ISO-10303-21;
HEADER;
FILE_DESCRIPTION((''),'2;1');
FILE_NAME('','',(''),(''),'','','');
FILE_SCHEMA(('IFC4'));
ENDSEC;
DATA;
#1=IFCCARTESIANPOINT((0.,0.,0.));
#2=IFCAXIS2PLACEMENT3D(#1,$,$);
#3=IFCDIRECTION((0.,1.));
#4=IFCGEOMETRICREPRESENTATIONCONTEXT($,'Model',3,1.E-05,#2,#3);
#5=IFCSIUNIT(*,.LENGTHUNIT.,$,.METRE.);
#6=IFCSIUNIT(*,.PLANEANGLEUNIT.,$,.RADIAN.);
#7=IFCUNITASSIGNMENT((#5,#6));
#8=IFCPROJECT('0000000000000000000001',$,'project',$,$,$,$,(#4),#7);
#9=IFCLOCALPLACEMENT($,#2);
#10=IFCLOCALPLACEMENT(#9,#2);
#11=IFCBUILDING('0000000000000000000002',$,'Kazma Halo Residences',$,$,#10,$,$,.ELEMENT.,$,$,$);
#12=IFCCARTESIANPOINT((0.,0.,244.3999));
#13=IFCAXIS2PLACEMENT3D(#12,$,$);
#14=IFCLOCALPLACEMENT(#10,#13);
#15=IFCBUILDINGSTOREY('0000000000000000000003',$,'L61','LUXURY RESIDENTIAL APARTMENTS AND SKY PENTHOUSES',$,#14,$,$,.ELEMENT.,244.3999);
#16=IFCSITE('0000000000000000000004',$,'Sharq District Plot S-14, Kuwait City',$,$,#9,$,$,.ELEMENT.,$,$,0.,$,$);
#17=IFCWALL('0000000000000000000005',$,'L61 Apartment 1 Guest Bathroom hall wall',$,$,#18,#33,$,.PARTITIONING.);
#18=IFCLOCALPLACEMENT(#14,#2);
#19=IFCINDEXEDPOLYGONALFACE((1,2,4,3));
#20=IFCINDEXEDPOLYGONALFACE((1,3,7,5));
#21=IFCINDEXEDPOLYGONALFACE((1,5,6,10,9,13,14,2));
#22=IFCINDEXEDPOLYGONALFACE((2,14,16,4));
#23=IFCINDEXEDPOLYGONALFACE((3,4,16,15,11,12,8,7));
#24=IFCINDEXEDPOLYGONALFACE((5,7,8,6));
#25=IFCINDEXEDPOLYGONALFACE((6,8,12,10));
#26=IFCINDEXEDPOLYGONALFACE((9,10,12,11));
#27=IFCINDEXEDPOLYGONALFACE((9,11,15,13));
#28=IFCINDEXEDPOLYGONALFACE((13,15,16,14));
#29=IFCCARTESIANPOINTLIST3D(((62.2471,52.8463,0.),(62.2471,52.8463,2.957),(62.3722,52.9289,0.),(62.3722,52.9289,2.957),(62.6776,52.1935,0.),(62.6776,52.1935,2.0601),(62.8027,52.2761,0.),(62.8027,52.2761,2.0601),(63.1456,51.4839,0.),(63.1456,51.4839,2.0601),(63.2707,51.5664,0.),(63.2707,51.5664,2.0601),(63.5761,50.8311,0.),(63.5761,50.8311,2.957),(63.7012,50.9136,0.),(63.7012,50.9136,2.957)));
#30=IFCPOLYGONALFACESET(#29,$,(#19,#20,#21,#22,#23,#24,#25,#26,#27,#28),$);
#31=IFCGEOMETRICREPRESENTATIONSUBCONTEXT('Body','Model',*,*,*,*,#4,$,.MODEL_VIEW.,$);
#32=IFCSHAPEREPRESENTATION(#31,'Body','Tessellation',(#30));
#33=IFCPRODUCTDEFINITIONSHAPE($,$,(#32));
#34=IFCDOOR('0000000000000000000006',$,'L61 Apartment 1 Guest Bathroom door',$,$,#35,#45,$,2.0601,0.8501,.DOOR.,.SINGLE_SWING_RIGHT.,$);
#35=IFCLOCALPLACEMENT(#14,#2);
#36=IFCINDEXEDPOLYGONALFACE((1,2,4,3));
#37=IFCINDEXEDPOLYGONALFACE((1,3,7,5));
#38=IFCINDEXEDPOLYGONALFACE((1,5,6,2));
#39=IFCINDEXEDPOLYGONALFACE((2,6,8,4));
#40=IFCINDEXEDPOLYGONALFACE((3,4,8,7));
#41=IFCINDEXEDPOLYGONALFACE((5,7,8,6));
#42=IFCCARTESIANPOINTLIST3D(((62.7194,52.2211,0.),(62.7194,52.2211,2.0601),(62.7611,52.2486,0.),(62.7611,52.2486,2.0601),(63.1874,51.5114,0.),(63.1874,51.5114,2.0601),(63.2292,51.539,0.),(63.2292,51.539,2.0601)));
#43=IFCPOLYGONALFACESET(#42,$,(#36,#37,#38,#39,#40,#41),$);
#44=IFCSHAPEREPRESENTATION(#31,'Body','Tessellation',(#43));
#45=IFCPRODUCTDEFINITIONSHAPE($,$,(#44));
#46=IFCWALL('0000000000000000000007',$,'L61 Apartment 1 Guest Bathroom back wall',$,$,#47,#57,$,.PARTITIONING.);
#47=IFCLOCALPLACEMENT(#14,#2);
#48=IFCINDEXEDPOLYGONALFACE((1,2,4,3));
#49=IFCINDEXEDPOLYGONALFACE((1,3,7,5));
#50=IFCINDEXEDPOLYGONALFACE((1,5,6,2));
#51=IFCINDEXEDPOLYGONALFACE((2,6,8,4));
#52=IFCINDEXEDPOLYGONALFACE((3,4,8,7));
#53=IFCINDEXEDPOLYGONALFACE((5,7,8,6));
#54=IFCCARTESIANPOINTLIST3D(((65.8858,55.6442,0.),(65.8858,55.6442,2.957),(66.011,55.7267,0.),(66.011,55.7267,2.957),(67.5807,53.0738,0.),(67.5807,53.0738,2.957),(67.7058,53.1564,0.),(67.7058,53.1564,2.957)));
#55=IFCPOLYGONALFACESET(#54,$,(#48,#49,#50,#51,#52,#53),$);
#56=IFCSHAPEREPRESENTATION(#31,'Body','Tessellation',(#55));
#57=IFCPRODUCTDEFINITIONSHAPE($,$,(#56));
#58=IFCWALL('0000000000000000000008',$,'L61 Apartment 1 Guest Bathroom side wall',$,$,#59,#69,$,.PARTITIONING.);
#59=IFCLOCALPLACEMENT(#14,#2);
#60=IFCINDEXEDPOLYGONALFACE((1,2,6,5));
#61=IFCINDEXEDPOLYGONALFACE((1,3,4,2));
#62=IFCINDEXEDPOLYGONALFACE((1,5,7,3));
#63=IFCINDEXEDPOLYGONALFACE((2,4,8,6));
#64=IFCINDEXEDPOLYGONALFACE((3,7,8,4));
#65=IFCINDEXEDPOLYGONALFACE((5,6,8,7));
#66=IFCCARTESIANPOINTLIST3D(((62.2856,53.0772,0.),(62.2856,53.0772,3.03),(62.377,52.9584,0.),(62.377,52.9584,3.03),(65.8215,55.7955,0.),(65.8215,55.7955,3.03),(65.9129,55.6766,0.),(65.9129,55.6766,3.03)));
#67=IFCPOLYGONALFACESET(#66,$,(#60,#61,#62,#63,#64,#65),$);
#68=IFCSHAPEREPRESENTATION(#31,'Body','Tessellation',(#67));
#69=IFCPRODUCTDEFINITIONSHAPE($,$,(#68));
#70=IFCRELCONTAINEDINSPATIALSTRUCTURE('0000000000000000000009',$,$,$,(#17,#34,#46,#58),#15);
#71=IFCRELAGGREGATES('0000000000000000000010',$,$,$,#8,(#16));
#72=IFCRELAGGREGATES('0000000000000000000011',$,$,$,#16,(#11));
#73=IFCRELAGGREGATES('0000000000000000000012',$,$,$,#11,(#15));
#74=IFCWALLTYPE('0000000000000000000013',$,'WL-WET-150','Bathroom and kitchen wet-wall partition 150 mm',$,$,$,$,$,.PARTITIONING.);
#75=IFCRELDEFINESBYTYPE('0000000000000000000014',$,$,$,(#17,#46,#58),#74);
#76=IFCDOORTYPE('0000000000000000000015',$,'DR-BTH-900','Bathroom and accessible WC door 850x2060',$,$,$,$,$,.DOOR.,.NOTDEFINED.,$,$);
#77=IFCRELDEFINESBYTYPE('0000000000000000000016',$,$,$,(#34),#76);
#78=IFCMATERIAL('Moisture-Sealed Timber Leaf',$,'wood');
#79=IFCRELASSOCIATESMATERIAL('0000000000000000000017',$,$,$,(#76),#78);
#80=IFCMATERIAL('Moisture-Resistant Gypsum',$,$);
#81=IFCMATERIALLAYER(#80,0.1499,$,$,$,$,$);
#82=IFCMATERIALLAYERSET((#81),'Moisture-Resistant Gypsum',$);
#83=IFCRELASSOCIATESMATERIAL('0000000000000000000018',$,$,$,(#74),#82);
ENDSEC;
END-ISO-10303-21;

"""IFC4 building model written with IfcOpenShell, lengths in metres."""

from ifc_helpers import new_model, si_unit, direction, frame, frame_2d, origin, place, context, subcontext, project, spatial, rectangle, extrude, material, layer, layer_set, type_object, element, fill, save


model = new_model("IFC4")

# Units and contexts
model_context = context("Model", 3, precision=1e-05, world=origin(), true_north=direction((0.0, 1.0)))
body_context = subcontext(model_context, "Body", "Model", "MODEL_VIEW")
ifc_project = project(units=[si_unit("LENGTHUNIT", "METRE"), si_unit("PLANEANGLEUNIT", "RADIAN")], contexts=[model_context])

# Site, building, storey
site_placement = place(None, origin())
site = spatial("IfcSite", under=ifc_project, at=site_placement, Name="Sharq District Plot S-14, Kuwait City", CompositionType="ELEMENT", RefElevation=0.0)
building_placement = place(site_placement, origin())
building = spatial("IfcBuilding", under=site, at=building_placement, Name="Kazma Halo Residences", CompositionType="ELEMENT")
storey_placement = place(building_placement, frame((0.0, 0.0, 244.3999)))
storey = spatial("IfcBuildingStorey", under=building, at=storey_placement, Name="L61", Description="LUXURY RESIDENTIAL APARTMENTS AND SKY PENTHOUSES", CompositionType="ELEMENT", Elevation=244.3999)

# Shared definitions
ifc_material_1 = material(Name="Moisture-Sealed Timber Leaf", Category="wood")
door_type = type_object("IfcDoorType", Name="DR-BTH-900", Description="Bathroom and accessible WC door 850x2060", OperationType="NOTDEFINED", PredefinedType="DOOR", material=ifc_material_1)

# Wall, opening, door
ifc_material_2 = material(Name="Moisture-Resistant Gypsum")
ifc_layer_1 = layer(ifc_material_2, 0.1499)
ifc_layer_set_1 = layer_set([ifc_layer_1], Name="Moisture-Resistant Gypsum")
wall_type_1 = type_object("IfcWallType", Name="WL-WET-150", Description="Bathroom and kitchen wet-wall partition 150 mm", PredefinedType="PARTITIONING", material=ifc_layer_set_1)
wall_1_placement = place(storey_placement, frame((63.6387, 50.8723, 0.0), z_axis=(0.0, 0.0, 1.0), x_axis=(-0.550539, 0.834809, 0.0)))
wall_1 = element("IfcWall", 1, at=wall_1_placement, inside=storey, type_object=wall_type_1, Name="L61 Apartment 1 Guest Bathroom hall wall", PredefinedType="PARTITIONING", context=body_context, shape_type="SweptSolid", body=[
    extrude(rectangle(XDim=2.4141, YDim=0.1499, at=frame_2d((1.207, 0.0))), origin(), (0.0, 0.0, 1.0), 2.957),
])
opening_1_placement = place(wall_1_placement, frame((0.782, 0.0, 0.0)))
opening_1 = element("IfcOpeningElement", 2, at=opening_1_placement, cuts=wall_1, PredefinedType="OPENING", context=body_context, shape_type="SweptSolid", body=[
    extrude(rectangle(XDim=0.8501, YDim=2.0601, at=frame_2d((0.425, 1.03))), frame((0.0, 0.085, 0.0), z_axis=(0.0, -1.0, 0.0), x_axis=(1.0, 0.0, 0.0)), (0.0, 0.0, 1.0), 0.1699),
])
door_1_placement = place(opening_1_placement, origin())
door_1 = element("IfcDoor", 3, at=door_1_placement, inside=storey, type_object=door_type, Name="L61 Apartment 1 Guest Bathroom door", OperationType="SINGLE_SWING_RIGHT", OverallHeight=2.0601, OverallWidth=0.8501, PredefinedType="DOOR", context=body_context, shape_type="SweptSolid", body=[
    extrude(rectangle(XDim=0.8501, YDim=2.0601, at=frame_2d((0.425, 1.03))), frame((0.0, 0.0249, 0.0), z_axis=(0.0, -1.0, 0.0), x_axis=(1.0, 0.0, 0.0)), (0.0, 0.0, 1.0), 0.05),
])
fill(opening_1, door_1)

# Walls
wall_2_placement = place(storey_placement, frame((67.6433, 53.115, 0.0), z_axis=(0.0, 0.0, 1.0), x_axis=(-0.550484, 0.834846, 0.0)))
element("IfcWall", 4, at=wall_2_placement, inside=storey, type_object=wall_type_1, Name="L61 Apartment 1 Guest Bathroom back wall", PredefinedType="PARTITIONING", context=body_context, shape_type="SweptSolid", body=[
    extrude(rectangle(XDim=3.0789, YDim=0.1499, at=frame_2d((1.5396, 0.0))), origin(), (0.0, 0.0, 1.0), 2.957),
])
wall_3_placement = place(storey_placement, frame((62.3313, 53.0178, 0.0), z_axis=(0.0, 0.0, 1.0), x_axis=(0.792803, 0.609478, 0.0)))
element("IfcWall", 5, at=wall_3_placement, inside=storey, type_object=wall_type_1, Name="L61 Apartment 1 Guest Bathroom side wall", PredefinedType="PARTITIONING", context=body_context, shape_type="SweptSolid", body=[
    extrude(rectangle(XDim=4.46, YDim=0.1499, at=frame_2d((2.23, 0.0))), origin(), (0.0, 0.0, 1.0), 3.03),
])

save(model, "model.ifc")
